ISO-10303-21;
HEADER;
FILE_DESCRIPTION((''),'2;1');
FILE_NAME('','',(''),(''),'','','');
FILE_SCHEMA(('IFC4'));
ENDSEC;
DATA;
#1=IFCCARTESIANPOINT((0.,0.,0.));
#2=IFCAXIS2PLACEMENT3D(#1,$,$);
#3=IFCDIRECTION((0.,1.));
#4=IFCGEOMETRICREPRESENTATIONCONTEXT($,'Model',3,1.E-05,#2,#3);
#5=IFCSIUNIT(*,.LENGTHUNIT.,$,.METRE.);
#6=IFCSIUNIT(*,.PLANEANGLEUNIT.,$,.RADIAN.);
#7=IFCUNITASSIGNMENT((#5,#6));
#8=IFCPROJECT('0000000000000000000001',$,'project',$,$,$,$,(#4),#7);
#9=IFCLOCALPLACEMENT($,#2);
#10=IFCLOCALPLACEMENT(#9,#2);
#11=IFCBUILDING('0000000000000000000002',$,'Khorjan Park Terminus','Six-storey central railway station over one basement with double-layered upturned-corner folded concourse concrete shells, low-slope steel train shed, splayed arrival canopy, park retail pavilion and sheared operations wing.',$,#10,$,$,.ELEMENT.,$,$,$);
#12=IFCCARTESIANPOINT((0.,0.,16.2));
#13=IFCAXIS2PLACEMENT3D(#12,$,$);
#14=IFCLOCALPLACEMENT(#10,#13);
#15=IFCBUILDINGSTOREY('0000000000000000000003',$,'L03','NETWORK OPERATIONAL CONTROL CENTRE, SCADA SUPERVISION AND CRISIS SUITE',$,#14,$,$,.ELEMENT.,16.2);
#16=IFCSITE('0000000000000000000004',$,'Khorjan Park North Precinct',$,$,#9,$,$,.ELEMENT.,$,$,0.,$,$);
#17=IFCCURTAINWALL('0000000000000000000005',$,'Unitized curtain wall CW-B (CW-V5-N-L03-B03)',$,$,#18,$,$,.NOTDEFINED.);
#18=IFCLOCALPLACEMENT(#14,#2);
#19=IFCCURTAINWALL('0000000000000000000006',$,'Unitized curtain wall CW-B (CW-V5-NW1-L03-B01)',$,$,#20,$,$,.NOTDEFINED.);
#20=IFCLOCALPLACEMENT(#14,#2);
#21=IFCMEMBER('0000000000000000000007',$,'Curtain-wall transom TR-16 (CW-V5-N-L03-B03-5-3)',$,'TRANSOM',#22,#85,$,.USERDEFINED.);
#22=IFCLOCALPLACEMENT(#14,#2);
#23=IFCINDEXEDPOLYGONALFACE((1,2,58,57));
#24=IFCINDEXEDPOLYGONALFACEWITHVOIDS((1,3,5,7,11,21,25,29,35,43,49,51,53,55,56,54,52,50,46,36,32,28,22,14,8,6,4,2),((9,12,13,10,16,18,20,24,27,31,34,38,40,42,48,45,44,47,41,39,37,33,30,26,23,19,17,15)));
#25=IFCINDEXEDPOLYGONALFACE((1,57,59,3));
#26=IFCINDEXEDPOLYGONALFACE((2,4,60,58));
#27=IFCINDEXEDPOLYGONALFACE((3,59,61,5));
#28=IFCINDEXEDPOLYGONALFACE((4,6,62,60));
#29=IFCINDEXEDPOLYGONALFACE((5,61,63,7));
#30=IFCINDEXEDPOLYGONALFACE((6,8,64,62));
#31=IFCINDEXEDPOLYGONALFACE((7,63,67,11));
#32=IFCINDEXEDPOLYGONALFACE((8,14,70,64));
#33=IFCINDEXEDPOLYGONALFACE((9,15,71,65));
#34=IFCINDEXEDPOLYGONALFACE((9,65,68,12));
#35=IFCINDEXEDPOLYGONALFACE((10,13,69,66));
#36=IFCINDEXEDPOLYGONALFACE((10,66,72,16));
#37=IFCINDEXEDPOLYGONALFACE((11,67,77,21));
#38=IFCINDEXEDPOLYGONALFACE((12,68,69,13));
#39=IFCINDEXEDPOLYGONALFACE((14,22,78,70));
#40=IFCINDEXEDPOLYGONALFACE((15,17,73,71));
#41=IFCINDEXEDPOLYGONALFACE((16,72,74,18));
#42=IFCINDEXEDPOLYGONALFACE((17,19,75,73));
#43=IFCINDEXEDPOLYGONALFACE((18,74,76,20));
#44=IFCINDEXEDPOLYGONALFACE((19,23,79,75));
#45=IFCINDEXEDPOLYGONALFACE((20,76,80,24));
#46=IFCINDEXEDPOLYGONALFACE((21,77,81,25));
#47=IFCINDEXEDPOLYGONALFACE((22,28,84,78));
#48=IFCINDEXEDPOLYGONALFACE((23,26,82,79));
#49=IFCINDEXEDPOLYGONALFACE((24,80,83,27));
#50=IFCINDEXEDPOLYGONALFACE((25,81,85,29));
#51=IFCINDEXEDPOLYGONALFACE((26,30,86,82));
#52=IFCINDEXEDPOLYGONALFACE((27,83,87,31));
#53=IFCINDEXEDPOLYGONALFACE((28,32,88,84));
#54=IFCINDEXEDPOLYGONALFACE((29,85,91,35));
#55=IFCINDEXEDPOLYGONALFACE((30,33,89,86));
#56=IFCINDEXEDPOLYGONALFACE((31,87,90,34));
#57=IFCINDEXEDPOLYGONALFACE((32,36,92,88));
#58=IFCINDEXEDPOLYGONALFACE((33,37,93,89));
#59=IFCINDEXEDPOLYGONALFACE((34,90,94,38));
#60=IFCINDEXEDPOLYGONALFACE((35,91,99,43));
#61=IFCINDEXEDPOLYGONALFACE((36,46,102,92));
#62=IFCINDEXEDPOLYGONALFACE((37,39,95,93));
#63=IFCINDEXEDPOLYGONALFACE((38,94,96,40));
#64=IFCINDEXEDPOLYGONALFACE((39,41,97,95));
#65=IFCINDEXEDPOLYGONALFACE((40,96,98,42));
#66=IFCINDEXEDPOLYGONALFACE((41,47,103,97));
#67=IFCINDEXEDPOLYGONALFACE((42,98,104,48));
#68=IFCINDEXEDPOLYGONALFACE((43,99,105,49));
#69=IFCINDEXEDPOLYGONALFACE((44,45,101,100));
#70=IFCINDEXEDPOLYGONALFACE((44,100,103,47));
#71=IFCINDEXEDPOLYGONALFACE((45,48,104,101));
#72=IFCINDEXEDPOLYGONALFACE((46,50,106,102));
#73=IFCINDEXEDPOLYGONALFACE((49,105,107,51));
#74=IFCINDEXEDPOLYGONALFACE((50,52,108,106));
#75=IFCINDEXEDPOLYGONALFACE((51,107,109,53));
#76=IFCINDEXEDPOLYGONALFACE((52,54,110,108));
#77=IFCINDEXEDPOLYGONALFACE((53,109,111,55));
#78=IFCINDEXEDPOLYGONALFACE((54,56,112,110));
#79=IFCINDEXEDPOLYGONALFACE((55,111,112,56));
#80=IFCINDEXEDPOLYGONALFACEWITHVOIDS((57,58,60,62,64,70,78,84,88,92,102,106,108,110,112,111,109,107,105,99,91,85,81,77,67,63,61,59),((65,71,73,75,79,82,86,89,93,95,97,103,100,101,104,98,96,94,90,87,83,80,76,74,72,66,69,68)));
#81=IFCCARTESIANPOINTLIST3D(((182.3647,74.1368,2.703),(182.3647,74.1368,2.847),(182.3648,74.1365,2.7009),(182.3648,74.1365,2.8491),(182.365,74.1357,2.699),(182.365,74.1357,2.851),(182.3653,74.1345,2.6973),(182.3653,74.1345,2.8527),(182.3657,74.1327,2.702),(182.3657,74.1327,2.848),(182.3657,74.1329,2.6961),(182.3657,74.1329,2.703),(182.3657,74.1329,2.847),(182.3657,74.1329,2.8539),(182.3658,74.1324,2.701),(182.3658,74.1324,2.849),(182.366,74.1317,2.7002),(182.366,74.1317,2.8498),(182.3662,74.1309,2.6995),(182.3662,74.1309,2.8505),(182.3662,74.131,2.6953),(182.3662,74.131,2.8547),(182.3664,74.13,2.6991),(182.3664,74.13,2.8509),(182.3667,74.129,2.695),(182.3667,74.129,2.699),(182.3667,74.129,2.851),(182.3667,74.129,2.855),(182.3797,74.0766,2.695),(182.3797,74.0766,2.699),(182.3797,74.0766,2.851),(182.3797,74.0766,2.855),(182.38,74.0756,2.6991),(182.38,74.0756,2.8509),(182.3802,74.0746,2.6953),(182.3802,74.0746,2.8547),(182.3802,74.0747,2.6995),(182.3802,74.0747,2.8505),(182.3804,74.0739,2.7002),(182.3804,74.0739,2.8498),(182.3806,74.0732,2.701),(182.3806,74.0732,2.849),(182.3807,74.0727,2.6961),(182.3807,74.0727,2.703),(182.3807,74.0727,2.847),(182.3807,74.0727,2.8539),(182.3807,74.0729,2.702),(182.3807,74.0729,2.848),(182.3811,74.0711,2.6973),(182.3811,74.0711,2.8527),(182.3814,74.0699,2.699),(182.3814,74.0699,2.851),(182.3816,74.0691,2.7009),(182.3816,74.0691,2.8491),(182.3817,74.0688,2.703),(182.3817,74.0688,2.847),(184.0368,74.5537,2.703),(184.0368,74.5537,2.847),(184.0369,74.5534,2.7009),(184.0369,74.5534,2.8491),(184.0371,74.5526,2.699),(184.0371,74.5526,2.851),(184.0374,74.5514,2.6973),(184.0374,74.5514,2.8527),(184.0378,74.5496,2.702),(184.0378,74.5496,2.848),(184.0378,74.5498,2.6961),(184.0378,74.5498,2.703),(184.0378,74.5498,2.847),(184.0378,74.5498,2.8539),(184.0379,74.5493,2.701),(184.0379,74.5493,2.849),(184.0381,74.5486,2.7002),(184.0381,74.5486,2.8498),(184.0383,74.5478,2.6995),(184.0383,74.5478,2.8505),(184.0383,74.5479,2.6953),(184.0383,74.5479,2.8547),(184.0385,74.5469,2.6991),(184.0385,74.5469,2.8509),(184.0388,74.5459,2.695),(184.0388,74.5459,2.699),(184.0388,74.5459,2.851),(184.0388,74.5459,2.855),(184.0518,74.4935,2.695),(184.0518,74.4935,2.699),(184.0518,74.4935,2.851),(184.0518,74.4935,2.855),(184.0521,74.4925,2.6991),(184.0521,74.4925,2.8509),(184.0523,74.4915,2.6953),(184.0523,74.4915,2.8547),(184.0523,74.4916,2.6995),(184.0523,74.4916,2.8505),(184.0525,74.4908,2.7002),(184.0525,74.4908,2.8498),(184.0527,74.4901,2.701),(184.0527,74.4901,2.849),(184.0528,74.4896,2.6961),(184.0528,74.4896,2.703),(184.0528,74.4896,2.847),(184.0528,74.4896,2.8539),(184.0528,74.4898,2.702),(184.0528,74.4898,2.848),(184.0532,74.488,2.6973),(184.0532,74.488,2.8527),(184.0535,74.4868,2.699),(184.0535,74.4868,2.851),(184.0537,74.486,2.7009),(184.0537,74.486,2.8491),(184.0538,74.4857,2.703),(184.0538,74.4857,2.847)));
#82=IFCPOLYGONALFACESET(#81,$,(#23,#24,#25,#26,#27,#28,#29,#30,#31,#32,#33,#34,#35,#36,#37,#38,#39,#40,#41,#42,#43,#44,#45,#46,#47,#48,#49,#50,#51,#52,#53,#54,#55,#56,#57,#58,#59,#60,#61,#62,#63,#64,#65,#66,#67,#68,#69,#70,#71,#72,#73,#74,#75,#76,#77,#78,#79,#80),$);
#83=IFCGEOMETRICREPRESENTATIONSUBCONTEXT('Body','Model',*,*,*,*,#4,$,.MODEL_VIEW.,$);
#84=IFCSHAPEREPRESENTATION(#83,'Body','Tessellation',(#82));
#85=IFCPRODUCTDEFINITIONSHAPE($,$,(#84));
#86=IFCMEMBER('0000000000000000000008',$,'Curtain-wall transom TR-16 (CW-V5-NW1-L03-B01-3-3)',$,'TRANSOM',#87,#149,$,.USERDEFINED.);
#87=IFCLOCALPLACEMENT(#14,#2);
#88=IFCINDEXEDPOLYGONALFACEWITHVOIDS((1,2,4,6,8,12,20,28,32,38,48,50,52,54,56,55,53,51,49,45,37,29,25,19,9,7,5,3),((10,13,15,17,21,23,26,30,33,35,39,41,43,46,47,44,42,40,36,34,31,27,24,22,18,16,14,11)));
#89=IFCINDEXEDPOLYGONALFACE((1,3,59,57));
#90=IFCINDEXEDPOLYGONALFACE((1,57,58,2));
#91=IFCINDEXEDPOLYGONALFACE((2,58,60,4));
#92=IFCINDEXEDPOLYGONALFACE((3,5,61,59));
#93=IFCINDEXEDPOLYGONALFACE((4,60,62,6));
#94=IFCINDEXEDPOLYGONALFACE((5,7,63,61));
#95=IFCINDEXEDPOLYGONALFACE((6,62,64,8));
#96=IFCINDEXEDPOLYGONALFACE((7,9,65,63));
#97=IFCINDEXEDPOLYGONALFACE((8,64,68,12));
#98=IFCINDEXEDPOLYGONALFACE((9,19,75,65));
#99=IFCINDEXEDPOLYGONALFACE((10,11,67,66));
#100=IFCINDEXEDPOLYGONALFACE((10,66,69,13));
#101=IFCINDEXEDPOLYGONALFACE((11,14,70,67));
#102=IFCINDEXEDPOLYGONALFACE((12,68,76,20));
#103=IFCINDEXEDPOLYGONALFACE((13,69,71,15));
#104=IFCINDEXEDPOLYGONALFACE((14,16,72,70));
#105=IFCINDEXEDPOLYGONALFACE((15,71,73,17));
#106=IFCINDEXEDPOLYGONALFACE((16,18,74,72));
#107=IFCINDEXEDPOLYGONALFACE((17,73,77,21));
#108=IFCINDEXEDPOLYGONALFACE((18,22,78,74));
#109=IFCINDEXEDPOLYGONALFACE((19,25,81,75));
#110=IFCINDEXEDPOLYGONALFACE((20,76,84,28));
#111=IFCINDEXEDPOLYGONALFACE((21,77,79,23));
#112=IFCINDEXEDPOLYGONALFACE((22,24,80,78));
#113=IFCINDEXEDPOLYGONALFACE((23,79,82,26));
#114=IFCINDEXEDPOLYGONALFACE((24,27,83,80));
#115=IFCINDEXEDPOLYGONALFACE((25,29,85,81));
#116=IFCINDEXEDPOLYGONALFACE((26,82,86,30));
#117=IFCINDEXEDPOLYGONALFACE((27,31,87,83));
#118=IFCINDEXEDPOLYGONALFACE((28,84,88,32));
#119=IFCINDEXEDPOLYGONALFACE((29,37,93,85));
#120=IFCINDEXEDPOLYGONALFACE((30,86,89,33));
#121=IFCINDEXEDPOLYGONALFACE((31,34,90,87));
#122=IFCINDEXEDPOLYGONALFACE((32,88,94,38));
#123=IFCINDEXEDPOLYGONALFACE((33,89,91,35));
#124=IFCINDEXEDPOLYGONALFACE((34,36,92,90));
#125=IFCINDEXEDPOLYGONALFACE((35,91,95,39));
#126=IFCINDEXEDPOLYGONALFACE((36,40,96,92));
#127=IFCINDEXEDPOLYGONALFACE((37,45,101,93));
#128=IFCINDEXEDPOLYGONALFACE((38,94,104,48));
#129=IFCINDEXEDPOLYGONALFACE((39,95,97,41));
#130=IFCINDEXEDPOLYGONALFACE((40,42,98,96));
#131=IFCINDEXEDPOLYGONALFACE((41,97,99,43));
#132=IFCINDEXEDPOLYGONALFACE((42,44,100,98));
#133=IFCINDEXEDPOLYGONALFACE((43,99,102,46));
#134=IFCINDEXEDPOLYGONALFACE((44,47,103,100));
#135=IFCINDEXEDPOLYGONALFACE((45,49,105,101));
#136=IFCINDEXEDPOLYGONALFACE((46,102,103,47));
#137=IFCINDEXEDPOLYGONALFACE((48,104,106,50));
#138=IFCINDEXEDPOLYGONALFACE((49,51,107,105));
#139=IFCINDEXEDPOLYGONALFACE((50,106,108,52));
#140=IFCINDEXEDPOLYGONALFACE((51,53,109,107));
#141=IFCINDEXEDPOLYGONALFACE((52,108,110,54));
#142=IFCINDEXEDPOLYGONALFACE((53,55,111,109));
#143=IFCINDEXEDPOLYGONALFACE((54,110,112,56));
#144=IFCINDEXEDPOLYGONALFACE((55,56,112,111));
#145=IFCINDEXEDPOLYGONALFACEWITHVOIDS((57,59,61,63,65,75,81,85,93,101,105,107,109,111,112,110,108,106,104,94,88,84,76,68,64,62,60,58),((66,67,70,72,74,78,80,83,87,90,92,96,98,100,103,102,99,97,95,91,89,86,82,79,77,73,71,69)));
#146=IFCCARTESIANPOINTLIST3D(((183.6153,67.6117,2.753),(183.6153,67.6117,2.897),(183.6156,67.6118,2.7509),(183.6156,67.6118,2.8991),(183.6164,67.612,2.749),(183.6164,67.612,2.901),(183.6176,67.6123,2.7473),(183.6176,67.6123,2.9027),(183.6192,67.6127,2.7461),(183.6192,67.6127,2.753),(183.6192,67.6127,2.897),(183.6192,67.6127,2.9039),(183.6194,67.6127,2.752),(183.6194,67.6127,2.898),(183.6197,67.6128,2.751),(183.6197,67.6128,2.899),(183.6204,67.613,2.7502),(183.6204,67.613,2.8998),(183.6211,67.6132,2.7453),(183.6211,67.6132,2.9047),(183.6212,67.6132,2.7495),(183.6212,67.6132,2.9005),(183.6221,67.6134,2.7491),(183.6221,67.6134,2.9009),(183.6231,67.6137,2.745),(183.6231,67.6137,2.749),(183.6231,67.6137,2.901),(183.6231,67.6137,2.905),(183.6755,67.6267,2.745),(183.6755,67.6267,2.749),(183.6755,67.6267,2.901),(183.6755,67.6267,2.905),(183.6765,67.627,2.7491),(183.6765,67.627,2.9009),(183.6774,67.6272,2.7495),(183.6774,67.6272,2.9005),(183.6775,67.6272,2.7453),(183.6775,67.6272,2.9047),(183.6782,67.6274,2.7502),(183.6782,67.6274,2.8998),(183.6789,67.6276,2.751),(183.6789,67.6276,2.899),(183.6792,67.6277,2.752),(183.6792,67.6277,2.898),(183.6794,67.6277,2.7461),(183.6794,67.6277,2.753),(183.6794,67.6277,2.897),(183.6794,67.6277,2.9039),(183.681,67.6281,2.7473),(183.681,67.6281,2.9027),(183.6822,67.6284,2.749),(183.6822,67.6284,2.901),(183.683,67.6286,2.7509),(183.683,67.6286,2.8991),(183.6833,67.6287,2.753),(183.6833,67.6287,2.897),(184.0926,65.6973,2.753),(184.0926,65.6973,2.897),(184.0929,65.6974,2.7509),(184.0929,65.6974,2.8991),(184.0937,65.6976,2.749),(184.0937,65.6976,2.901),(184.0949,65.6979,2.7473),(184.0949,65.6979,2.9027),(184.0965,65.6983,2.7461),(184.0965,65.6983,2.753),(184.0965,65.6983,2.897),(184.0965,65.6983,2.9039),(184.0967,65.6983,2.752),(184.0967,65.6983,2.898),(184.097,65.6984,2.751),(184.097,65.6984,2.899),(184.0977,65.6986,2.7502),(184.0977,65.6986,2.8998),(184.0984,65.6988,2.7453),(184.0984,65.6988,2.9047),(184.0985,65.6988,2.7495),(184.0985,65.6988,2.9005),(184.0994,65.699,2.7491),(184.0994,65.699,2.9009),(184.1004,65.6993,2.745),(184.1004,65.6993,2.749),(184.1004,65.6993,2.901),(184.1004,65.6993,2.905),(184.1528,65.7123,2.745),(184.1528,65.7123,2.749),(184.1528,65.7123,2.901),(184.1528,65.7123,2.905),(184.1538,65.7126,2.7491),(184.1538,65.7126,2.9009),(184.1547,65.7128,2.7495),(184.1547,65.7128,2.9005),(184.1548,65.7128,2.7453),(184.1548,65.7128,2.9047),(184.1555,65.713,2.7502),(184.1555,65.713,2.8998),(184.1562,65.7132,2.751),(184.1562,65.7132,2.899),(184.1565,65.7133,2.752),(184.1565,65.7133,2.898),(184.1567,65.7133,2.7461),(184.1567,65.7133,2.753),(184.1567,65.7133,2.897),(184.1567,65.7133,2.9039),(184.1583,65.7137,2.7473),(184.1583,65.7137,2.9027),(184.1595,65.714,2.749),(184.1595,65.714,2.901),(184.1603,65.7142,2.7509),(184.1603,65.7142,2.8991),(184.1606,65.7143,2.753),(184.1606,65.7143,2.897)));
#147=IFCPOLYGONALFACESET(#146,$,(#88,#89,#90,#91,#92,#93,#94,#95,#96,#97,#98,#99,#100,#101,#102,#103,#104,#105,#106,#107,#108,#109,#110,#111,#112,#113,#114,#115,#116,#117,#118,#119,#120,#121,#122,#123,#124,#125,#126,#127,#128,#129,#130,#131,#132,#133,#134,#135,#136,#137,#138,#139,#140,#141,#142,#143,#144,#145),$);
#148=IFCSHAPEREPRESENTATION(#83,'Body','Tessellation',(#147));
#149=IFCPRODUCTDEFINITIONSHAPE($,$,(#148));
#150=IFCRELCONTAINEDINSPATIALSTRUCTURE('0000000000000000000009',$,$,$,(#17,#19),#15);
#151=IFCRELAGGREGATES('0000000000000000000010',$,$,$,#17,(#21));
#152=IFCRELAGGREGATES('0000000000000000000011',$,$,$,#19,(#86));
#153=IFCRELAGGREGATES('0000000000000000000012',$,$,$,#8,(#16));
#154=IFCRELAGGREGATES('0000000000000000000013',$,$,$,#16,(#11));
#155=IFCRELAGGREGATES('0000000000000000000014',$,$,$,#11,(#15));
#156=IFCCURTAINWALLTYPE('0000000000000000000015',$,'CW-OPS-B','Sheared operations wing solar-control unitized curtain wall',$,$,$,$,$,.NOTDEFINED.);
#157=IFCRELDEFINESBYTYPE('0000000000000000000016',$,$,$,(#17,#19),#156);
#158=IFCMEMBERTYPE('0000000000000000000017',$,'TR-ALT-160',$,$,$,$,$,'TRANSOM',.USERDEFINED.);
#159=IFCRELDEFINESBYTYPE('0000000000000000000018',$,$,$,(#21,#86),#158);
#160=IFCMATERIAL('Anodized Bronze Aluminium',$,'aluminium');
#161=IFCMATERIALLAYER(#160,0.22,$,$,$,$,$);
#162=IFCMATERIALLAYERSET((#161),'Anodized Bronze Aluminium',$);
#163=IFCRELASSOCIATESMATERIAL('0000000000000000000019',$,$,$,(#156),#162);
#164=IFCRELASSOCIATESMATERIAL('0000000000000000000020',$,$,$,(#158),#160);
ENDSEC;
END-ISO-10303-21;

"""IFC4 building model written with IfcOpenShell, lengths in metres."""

from ifc_helpers import new_model, si_unit, direction, frame, origin, origin_2d, place, context, subcontext, project, spatial, hollow_rectangle, extrude, material, layer, layer_set, material_profile, profile_set, type_object, element, aggregate, save


model = new_model("IFC4")

# Units and contexts
model_context = context("Model", 3, precision=1e-05, world=origin(), true_north=direction((0.0, 1.0)))
body_context = subcontext(model_context, "Body", "Model", "MODEL_VIEW")
ifc_project = project(units=[si_unit("LENGTHUNIT", "METRE"), si_unit("PLANEANGLEUNIT", "RADIAN")], contexts=[model_context])

# Site, building, storey
site_placement = place(None, origin())
site = spatial("IfcSite", under=ifc_project, at=site_placement, Name="Khorjan Park North Precinct", CompositionType="ELEMENT", RefElevation=0.0)
building_placement = place(site_placement, origin())
building = spatial("IfcBuilding", under=site, at=building_placement, Name="Khorjan Park Terminus", Description="Six-storey central railway station over one basement with double-layered upturned-corner folded concourse concrete shells, low-slope steel train shed, splayed arrival canopy, park retail pavilion and sheared operations wing.", CompositionType="ELEMENT")
storey_placement = place(building_placement, frame((0.0, 0.0, 16.2)))
storey = spatial("IfcBuildingStorey", under=building, at=storey_placement, Name="L03", Description="NETWORK OPERATIONAL CONTROL CENTRE, SCADA SUPERVISION AND CRISIS SUITE", CompositionType="ELEMENT", Elevation=16.2)

# Curtain walls
ifc_material_1 = material(Name="Anodized Bronze Aluminium", Category="aluminium")
ifc_layer_1 = layer(ifc_material_1, 0.22)
ifc_layer_set_1 = layer_set([ifc_layer_1], Name="Anodized Bronze Aluminium")
curtain_wall_type = type_object("IfcCurtainWallType", Name="CW-OPS-B", Description="Sheared operations wing solar-control unitized curtain wall", PredefinedType="NOTDEFINED", material=ifc_layer_set_1)
curtain_wall_1_placement = place(storey_placement, origin())
curtain_wall_1 = element("IfcCurtainWall", 1, at=curtain_wall_1_placement, inside=storey, type_object=curtain_wall_type, Name="Unitized curtain wall CW-B (CW-V5-N-L03-B03)", PredefinedType="NOTDEFINED")
curtain_wall_2_placement = place(storey_placement, origin())
curtain_wall_2 = element("IfcCurtainWall", 2, at=curtain_wall_2_placement, inside=storey, type_object=curtain_wall_type, Name="Unitized curtain wall CW-B (CW-V5-NW1-L03-B01)", PredefinedType="NOTDEFINED")

# Members
ifc_material_profile_1 = material_profile(ifc_material_1, hollow_rectangle(XDim=0.07, YDim=0.16, WallThickness=0.004, InnerFilletRadius=0.004, OuterFilletRadius=0.008, at=origin_2d()), Name="ALT 70x160x4")
ifc_profile_set_1 = profile_set([ifc_material_profile_1], Name="Anodized Bronze Aluminium")
member_type_1 = type_object("IfcMemberType", Name="TR-ALT-160", ElementType="TRANSOM", PredefinedType="USERDEFINED", material=ifc_profile_set_1)
member_1_placement = place(storey_placement, frame((184.0453, 74.5197, 2.775), z_axis=(-0.970296, -0.241921, 0.0), x_axis=(0.241921, -0.970296, 0.0)))
member_1 = element("IfcMember", 3, at=member_1_placement, type_object=member_type_1, Name="Curtain-wall transom TR-16 (CW-V5-N-L03-B03-5-3)", ObjectType="TRANSOM", PredefinedType="USERDEFINED", context=body_context, shape_type="SweptSolid", body=[
    extrude(hollow_rectangle(XDim=0.07, YDim=0.16, WallThickness=0.004, InnerFilletRadius=0.004, OuterFilletRadius=0.008, at=origin_2d()), origin(), (0.0, 0.0, 1.0), 1.7233),
])
member_2_placement = place(storey_placement, frame((183.6493, 67.6202, 2.825), z_axis=(0.241915, -0.970297, 0.0), x_axis=(0.970297, 0.241915, 0.0)))
member_2 = element("IfcMember", 4, at=member_2_placement, type_object=member_type_1, Name="Curtain-wall transom TR-16 (CW-V5-NW1-L03-B01-3-3)", ObjectType="TRANSOM", PredefinedType="USERDEFINED", context=body_context, shape_type="SweptSolid", body=[
    extrude(hollow_rectangle(XDim=0.07, YDim=0.16, WallThickness=0.004, InnerFilletRadius=0.004, OuterFilletRadius=0.008, at=origin_2d()), origin(), (0.0, 0.0, 1.0), 1.973),
])

aggregate(curtain_wall_1, [member_1])
aggregate(curtain_wall_2, [member_2])

save(model, "model.ifc")
